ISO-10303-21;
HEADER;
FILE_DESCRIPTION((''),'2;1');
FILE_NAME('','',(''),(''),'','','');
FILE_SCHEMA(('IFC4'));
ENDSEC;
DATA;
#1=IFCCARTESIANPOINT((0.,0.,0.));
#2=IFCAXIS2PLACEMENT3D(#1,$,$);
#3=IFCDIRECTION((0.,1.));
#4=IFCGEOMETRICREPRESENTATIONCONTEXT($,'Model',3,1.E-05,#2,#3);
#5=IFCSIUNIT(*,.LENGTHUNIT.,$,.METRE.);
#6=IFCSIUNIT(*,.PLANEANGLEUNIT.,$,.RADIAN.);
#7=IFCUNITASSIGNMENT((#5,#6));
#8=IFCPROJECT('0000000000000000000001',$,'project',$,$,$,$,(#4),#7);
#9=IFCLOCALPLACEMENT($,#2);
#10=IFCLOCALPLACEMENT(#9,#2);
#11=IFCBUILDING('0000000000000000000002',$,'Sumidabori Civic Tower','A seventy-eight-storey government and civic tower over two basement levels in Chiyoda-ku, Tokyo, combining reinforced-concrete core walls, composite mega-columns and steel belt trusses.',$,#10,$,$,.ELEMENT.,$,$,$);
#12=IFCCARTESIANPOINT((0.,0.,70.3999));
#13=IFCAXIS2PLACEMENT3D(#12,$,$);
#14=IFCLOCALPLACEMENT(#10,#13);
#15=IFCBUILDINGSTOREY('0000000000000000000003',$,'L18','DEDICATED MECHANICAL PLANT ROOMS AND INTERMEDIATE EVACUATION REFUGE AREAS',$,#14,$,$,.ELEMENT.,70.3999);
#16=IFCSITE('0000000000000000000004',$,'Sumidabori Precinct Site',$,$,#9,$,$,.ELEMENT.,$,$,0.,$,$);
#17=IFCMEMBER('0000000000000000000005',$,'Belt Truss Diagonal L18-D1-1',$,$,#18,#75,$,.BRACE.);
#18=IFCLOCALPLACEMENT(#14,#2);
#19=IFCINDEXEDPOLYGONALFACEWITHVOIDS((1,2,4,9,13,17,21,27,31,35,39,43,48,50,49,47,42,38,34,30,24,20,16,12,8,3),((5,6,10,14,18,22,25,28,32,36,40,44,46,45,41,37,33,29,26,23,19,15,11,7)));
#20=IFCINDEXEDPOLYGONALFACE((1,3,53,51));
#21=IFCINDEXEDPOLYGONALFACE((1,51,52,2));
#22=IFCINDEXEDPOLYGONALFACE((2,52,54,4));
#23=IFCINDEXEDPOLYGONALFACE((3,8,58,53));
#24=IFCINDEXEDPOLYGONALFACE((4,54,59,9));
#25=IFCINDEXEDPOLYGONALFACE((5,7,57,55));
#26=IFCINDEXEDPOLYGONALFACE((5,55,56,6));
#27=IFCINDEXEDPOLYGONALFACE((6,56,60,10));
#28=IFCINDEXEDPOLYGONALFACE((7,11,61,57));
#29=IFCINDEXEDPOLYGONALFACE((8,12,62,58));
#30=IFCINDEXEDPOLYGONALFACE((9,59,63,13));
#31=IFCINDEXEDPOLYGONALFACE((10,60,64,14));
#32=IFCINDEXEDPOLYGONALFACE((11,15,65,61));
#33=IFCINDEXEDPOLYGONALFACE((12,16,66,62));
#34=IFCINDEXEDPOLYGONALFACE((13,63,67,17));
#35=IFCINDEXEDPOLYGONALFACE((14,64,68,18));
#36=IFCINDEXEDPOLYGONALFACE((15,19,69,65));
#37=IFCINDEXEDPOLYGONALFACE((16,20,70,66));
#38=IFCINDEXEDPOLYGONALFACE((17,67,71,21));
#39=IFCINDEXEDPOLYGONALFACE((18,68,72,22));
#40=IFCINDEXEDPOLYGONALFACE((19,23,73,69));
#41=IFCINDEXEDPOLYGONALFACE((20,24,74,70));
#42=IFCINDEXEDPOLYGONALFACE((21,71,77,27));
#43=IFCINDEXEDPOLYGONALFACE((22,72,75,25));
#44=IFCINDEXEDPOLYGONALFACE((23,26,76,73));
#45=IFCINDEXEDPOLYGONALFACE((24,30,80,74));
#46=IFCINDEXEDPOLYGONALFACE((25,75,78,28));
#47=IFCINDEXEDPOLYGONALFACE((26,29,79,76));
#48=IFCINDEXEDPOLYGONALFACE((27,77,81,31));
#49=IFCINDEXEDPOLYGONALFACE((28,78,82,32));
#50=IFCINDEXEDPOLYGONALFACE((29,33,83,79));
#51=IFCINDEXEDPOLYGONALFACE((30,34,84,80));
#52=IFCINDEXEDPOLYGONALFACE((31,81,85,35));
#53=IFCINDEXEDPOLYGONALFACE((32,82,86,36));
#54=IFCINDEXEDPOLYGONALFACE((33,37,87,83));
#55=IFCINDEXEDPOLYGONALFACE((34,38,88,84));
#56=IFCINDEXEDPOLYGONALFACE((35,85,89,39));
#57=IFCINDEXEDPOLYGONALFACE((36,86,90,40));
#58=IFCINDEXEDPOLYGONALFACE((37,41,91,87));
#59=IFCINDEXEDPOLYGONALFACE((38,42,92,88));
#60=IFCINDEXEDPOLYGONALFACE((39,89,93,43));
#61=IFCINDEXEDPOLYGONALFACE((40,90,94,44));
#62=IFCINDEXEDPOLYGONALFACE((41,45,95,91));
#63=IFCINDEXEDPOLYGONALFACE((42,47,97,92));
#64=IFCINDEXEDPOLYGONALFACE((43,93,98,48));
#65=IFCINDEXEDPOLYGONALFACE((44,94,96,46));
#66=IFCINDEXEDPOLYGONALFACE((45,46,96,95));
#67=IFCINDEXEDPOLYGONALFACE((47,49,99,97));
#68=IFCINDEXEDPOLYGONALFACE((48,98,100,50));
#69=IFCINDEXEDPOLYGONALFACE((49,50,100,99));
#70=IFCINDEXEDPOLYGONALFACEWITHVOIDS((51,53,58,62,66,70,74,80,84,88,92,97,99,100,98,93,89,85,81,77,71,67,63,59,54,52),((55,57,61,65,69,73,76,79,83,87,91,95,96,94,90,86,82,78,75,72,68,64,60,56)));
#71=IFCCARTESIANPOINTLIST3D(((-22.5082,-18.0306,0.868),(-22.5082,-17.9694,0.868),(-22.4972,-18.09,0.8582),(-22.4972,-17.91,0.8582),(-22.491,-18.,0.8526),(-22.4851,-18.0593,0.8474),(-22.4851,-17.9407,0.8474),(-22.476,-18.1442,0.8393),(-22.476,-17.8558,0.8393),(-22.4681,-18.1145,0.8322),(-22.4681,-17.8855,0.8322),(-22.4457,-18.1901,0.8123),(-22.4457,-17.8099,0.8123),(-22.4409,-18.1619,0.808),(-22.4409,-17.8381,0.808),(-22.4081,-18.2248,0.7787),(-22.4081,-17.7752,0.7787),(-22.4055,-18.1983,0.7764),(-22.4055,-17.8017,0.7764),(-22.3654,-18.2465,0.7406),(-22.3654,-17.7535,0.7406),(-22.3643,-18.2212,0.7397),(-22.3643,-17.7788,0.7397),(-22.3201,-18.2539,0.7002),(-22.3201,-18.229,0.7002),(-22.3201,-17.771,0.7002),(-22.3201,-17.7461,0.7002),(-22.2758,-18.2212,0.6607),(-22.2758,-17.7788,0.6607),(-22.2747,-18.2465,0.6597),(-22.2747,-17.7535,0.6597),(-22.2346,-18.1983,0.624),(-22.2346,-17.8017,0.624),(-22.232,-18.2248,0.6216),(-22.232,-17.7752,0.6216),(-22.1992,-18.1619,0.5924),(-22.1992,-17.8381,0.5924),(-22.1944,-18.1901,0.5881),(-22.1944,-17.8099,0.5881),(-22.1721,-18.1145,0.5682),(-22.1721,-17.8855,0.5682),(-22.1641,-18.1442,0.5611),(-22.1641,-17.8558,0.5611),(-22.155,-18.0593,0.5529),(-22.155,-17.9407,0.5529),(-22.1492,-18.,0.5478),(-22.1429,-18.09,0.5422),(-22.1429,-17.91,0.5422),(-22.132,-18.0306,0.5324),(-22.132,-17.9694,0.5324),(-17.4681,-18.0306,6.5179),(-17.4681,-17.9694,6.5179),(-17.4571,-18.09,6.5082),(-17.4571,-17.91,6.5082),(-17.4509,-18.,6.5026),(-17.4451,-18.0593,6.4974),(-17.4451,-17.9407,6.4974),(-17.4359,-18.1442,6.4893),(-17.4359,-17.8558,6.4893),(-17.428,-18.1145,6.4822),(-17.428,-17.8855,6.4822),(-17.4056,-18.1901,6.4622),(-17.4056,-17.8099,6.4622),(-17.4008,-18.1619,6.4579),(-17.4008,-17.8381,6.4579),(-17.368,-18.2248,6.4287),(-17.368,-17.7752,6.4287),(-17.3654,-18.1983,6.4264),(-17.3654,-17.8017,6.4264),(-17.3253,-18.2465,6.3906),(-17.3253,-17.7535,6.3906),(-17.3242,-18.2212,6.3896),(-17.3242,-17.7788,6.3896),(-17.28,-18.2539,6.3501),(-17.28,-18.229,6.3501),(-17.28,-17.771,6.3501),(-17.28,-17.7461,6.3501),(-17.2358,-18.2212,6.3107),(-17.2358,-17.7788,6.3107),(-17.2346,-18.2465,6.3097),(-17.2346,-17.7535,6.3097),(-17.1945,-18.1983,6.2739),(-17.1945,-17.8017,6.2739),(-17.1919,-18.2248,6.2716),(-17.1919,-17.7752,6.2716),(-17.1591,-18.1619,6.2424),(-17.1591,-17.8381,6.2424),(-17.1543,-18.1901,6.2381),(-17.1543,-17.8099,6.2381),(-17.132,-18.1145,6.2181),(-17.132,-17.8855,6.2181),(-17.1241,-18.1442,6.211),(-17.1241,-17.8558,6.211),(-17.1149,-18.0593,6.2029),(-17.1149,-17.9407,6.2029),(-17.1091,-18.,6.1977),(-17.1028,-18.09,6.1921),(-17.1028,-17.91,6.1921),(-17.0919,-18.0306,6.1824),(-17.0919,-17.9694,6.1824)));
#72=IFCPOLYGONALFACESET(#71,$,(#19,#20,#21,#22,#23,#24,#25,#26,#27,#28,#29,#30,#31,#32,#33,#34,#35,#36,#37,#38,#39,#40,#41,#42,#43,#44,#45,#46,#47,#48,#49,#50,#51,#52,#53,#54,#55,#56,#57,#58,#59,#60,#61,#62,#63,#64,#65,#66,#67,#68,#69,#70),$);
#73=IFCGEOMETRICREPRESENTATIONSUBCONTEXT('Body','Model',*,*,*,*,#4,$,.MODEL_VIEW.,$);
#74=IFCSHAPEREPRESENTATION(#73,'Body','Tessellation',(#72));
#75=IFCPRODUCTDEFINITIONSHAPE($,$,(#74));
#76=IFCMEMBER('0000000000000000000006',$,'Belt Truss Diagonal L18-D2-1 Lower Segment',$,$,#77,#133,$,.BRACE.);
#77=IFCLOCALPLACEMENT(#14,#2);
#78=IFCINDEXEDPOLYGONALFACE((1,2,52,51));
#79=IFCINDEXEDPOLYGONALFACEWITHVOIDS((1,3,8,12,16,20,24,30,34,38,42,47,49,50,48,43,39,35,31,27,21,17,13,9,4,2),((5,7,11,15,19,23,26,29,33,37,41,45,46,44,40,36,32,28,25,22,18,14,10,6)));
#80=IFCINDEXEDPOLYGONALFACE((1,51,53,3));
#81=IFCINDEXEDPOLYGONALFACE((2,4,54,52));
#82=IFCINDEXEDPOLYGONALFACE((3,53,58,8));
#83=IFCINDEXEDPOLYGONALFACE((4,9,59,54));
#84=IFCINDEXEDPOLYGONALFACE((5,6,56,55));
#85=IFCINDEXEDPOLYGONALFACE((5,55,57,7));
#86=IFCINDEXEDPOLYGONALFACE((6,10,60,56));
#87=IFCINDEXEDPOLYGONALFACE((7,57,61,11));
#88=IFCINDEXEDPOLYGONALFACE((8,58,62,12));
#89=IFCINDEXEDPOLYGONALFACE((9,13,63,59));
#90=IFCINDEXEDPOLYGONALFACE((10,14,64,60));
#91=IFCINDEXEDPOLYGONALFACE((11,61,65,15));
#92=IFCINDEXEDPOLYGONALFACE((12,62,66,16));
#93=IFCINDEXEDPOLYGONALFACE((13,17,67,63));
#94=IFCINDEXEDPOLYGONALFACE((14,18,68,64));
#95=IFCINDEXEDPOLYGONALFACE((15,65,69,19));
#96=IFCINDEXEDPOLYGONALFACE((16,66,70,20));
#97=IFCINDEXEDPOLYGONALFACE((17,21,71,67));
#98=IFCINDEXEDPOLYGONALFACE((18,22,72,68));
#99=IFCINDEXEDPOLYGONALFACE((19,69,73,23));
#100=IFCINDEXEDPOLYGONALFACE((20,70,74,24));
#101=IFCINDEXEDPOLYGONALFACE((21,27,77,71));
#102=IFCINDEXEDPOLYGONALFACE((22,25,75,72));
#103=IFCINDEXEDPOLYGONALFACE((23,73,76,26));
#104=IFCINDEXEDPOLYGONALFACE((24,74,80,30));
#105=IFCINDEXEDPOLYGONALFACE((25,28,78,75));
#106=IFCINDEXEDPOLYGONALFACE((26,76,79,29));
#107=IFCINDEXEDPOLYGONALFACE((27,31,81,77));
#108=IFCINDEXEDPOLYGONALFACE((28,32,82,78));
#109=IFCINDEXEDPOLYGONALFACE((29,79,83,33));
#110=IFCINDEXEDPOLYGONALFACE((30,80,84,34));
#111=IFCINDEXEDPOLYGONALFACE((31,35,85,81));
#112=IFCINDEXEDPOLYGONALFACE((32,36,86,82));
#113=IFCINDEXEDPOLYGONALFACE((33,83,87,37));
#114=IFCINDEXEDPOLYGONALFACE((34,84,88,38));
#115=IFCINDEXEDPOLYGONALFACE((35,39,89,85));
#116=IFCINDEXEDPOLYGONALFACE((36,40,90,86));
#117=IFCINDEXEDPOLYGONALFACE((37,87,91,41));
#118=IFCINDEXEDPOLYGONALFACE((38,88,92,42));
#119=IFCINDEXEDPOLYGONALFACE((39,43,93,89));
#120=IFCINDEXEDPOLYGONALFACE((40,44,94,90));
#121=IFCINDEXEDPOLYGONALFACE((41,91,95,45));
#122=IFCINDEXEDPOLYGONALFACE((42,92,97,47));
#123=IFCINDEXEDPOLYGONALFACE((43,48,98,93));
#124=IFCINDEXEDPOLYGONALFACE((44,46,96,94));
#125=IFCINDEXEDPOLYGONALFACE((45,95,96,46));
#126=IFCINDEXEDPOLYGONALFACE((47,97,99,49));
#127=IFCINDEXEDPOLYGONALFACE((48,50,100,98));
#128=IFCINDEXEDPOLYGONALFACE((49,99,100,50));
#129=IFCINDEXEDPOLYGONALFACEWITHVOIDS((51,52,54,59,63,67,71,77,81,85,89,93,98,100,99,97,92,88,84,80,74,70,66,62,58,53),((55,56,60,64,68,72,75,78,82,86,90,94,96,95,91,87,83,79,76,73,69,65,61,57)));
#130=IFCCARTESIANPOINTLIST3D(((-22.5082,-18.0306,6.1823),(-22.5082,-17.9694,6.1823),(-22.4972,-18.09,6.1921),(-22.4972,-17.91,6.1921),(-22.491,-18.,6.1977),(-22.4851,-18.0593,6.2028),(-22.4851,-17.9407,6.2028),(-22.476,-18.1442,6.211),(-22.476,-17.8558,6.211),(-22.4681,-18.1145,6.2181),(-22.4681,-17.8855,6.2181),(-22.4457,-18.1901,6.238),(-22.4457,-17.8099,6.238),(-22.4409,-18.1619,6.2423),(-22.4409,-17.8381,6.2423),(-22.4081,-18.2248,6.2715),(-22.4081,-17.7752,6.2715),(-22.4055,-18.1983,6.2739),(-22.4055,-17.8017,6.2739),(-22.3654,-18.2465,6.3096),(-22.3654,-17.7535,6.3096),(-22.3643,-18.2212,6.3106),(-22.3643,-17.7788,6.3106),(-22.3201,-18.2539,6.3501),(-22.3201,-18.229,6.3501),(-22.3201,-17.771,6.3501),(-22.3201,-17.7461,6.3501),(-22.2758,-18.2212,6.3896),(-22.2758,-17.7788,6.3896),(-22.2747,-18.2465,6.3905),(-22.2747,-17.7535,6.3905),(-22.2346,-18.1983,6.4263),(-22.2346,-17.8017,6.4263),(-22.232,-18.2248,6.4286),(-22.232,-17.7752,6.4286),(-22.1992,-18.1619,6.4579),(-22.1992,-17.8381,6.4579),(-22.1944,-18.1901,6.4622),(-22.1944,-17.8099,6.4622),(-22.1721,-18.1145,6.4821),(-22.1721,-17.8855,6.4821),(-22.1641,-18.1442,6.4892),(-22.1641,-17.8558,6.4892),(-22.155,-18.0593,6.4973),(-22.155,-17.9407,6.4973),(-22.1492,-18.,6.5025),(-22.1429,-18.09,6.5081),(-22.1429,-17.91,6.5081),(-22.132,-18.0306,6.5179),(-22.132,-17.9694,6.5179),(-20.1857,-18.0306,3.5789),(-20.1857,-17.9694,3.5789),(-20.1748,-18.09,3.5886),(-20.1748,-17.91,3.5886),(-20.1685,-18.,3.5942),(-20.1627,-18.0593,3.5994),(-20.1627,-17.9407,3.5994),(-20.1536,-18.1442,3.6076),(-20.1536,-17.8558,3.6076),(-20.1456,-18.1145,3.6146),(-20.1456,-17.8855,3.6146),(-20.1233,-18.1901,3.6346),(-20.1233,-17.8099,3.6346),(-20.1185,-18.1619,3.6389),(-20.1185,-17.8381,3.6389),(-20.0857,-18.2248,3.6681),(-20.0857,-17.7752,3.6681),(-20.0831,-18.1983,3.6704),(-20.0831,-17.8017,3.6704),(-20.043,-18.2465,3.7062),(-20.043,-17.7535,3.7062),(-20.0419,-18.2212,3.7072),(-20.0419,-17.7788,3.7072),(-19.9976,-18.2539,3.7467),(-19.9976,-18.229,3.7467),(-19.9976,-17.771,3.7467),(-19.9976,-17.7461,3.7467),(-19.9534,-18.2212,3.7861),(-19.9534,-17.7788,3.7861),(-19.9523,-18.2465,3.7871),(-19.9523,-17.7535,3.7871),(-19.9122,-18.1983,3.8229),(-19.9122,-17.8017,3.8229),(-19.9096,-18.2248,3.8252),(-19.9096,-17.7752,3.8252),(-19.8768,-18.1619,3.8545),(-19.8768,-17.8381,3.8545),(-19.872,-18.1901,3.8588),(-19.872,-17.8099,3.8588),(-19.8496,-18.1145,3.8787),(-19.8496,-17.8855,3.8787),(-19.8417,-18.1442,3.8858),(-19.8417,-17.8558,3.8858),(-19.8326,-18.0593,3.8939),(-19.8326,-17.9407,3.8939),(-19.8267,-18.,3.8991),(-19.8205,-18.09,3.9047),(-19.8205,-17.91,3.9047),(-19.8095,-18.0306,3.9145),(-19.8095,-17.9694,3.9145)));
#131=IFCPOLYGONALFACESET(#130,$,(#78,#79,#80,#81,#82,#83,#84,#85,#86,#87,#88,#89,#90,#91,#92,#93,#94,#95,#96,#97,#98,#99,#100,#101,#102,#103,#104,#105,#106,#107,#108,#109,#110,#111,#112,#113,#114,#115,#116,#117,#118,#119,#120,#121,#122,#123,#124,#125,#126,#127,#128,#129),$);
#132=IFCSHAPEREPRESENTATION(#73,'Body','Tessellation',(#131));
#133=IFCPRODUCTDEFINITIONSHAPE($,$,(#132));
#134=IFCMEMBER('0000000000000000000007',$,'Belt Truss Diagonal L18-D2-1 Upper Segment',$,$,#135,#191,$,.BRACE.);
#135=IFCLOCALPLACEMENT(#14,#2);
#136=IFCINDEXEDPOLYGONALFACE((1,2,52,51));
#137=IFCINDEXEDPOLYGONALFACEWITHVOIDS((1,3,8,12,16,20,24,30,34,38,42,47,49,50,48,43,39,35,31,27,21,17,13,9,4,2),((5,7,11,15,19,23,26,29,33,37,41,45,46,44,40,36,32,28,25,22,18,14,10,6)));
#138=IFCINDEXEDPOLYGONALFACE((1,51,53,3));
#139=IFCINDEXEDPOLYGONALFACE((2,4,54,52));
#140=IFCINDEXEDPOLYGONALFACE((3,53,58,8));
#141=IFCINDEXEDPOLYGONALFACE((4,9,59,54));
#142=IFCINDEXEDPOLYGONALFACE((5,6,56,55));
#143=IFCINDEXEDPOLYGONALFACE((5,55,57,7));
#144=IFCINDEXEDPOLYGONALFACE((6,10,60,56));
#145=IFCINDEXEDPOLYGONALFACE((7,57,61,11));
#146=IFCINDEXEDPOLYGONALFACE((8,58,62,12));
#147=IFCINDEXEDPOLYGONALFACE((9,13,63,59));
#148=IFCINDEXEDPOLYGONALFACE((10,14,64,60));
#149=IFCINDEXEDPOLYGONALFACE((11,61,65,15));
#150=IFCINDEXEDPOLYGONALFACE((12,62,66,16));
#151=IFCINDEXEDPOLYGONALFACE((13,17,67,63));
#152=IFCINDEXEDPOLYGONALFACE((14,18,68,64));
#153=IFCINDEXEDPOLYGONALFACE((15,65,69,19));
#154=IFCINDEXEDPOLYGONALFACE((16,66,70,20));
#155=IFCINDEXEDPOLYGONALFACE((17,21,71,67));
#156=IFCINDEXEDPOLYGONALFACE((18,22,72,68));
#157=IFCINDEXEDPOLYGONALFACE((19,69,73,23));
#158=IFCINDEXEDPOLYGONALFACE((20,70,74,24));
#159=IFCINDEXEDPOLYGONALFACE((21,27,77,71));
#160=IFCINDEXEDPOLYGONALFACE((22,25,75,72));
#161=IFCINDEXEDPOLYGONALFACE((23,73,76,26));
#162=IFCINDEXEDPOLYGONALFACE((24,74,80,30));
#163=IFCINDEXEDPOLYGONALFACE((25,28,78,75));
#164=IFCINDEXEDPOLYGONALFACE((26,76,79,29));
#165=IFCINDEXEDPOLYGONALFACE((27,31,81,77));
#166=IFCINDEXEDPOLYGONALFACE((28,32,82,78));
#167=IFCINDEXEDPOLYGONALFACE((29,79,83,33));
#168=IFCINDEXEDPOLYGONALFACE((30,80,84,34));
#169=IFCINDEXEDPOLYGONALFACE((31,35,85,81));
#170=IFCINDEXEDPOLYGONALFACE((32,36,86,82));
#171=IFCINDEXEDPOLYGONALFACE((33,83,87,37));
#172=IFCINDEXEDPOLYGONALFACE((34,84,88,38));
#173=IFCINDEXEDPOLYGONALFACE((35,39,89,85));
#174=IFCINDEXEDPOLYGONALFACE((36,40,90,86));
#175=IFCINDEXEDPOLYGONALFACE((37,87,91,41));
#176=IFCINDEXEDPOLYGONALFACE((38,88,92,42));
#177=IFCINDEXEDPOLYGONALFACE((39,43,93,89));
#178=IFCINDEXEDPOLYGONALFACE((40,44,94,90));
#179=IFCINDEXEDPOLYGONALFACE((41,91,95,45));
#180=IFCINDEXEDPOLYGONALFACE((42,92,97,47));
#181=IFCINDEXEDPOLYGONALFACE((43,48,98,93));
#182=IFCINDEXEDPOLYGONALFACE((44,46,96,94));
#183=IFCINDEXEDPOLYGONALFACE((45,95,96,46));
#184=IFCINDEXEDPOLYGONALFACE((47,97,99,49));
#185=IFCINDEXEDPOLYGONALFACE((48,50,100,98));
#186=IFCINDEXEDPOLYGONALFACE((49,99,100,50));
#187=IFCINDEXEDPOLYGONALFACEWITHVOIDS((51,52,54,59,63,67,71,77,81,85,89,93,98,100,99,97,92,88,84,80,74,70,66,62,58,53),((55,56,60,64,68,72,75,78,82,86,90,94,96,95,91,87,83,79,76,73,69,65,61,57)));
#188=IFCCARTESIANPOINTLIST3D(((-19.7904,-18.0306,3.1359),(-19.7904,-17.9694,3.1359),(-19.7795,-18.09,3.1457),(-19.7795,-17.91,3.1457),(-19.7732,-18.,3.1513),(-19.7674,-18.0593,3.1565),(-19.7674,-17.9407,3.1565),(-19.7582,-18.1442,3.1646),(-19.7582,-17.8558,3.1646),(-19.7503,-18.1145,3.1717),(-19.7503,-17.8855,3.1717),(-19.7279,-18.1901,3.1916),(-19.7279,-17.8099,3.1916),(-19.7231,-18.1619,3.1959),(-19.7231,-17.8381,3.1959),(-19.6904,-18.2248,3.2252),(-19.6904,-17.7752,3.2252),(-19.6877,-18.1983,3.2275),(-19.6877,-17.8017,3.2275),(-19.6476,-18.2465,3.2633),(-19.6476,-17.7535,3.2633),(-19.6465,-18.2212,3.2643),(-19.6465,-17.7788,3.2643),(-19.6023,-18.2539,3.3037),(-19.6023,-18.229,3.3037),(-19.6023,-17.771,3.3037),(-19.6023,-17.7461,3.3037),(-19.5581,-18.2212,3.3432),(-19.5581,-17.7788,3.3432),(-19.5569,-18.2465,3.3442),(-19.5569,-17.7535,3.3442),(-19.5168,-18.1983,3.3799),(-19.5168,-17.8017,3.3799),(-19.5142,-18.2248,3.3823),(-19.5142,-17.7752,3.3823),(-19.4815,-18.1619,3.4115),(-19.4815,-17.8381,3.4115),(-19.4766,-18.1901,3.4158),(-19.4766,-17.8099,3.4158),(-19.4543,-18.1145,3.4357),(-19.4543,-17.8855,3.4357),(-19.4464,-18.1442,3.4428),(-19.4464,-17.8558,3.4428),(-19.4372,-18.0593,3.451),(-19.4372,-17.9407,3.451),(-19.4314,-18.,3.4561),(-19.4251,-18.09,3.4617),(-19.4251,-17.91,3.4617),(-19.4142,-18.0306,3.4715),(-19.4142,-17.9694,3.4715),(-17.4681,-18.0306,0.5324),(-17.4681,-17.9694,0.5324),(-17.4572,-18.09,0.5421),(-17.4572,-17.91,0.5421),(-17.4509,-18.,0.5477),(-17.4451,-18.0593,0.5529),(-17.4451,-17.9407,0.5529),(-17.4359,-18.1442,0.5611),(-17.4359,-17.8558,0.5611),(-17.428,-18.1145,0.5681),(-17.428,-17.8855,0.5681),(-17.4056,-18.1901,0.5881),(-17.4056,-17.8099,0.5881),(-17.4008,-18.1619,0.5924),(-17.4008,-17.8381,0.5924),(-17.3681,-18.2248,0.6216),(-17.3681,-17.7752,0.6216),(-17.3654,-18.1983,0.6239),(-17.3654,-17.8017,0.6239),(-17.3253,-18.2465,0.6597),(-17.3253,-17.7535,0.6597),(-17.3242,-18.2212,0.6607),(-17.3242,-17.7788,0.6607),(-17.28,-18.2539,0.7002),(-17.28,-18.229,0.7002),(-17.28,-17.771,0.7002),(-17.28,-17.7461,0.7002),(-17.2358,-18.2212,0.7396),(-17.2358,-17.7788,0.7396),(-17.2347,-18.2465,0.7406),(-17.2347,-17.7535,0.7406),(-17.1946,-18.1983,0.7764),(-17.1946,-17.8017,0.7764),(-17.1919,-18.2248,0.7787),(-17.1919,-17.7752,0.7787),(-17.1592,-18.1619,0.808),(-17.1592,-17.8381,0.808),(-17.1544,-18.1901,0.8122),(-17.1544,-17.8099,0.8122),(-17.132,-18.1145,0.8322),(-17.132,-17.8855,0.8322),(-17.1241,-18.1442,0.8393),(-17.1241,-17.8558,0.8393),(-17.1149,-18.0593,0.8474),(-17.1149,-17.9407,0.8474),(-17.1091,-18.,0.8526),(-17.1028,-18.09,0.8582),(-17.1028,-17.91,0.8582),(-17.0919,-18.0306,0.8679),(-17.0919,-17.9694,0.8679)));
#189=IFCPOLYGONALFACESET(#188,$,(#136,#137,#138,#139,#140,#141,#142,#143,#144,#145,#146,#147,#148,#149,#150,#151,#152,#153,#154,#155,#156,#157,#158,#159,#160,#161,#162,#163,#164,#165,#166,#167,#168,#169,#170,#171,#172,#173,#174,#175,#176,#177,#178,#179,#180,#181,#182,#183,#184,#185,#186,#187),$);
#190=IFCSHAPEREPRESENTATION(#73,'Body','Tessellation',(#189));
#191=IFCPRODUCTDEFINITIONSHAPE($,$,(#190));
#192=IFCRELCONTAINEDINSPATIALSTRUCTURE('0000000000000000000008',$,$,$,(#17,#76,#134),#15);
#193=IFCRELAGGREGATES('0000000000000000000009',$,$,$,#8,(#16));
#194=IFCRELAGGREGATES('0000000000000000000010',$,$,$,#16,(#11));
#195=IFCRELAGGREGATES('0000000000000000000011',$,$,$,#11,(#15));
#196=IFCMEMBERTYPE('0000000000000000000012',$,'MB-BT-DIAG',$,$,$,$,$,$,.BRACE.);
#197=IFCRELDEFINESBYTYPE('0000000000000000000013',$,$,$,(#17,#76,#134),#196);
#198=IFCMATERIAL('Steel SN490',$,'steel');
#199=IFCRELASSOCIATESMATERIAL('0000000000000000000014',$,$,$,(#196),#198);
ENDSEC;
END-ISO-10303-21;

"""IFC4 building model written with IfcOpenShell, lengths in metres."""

from ifc_helpers import new_model, si_unit, direction, frame, origin, origin_2d, place, context, subcontext, project, spatial, hollow_circle, extrude, source, transform, mapped, material, material_profile, profile_set, type_object, element, save


model = new_model("IFC4")

# Units and contexts
model_context = context("Model", 3, precision=1e-05, world=origin(), true_north=direction((0.0, 1.0)))
body_context = subcontext(model_context, "Body", "Model", "MODEL_VIEW")
ifc_project = project(units=[si_unit("LENGTHUNIT", "METRE"), si_unit("PLANEANGLEUNIT", "RADIAN")], contexts=[model_context])

# Site, building, storey
site_placement = place(None, origin())
site = spatial("IfcSite", under=ifc_project, at=site_placement, Name="Sumidabori Precinct Site", CompositionType="ELEMENT", RefElevation=0.0)
building_placement = place(site_placement, origin())
building = spatial("IfcBuilding", under=site, at=building_placement, Name="Sumidabori Civic Tower", Description="A seventy-eight-storey government and civic tower over two basement levels in Chiyoda-ku, Tokyo, combining reinforced-concrete core walls, composite mega-columns and steel belt trusses.", CompositionType="ELEMENT")
storey_placement = place(building_placement, frame((0.0, 0.0, 70.3999)))
storey = spatial("IfcBuildingStorey", under=building, at=storey_placement, Name="L18", Description="DEDICATED MECHANICAL PLANT ROOMS AND INTERMEDIATE EVACUATION REFUGE AREAS", CompositionType="ELEMENT", Elevation=70.3999)

# Shared definitions
ifc_material_1 = material(Name="Steel SN490", Category="steel")

# Members
ifc_material_profile_1 = material_profile(ifc_material_1, hollow_circle(Radius=0.2539, WallThickness=0.0249, at=origin_2d()), Name="CHS 508x25")
ifc_profile_set_1 = profile_set([ifc_material_profile_1], Name="Steel SN490")
member_type = type_object("IfcMemberType", Name="MB-BT-DIAG", PredefinedType="BRACE", material=ifc_profile_set_1)
shared_shape_1 = source(origin(), body_context, "Body", "SweptSolid", [
    extrude(hollow_circle(Radius=0.2539, WallThickness=0.0249, at=origin_2d()), origin(), (0.0, 0.0, 1.0), 7.5713),
])
member_placement = place(storey_placement, frame((-22.3201, -18.0, 0.7002), z_axis=(0.665684, 0.0, 0.746234), x_axis=(0.0, 1.0, 0.0)))
element("IfcMember", 1, at=member_placement, inside=storey, type_object=member_type, Name="Belt Truss Diagonal L18-D1-1", PredefinedType="BRACE", context=body_context, shape_type="MappedRepresentation", body=[
    mapped(shared_shape_1, transform((0.0, 0.0, 0.0), x_axis=(1.0, 0.0, 0.0), y_axis=(0.0, 1.0, 0.0), z_axis=(0.0, 0.0, 1.0), scale=1.0)),
])
shared_shape_2 = source(origin(), body_context, "Body", "SweptSolid", [
    extrude(hollow_circle(Radius=0.2539, WallThickness=0.0249, at=origin_2d()), origin(), (0.0, 0.0, 1.0), 3.4888),
])
for number, where, z_axis, x_axis, name in (
    (2, (-22.3201, -18.0, 6.3501), (0.665688, 0.0, -0.746231), (0.0, 1.0, 0.0), "Belt Truss Diagonal L18-D2-1 Lower Segment"),
    (3, (-19.6023, -18.0, 3.3037), (0.665649, 0.0, -0.746265), (0.0, 1.0, 0.0), "Belt Truss Diagonal L18-D2-1 Upper Segment"),
):
    element("IfcMember", number, at=place(storey_placement, frame(where, z_axis=z_axis, x_axis=x_axis)), inside=storey, type_object=member_type, Name=name, PredefinedType="BRACE", context=body_context, shape_type="MappedRepresentation", body=[
        mapped(shared_shape_2, transform((0.0, 0.0, 0.0), x_axis=(1.0, 0.0, 0.0), y_axis=(0.0, 1.0, 0.0), z_axis=(0.0, 0.0, 1.0), scale=1.0)),
    ])

save(model, "model.ifc")
